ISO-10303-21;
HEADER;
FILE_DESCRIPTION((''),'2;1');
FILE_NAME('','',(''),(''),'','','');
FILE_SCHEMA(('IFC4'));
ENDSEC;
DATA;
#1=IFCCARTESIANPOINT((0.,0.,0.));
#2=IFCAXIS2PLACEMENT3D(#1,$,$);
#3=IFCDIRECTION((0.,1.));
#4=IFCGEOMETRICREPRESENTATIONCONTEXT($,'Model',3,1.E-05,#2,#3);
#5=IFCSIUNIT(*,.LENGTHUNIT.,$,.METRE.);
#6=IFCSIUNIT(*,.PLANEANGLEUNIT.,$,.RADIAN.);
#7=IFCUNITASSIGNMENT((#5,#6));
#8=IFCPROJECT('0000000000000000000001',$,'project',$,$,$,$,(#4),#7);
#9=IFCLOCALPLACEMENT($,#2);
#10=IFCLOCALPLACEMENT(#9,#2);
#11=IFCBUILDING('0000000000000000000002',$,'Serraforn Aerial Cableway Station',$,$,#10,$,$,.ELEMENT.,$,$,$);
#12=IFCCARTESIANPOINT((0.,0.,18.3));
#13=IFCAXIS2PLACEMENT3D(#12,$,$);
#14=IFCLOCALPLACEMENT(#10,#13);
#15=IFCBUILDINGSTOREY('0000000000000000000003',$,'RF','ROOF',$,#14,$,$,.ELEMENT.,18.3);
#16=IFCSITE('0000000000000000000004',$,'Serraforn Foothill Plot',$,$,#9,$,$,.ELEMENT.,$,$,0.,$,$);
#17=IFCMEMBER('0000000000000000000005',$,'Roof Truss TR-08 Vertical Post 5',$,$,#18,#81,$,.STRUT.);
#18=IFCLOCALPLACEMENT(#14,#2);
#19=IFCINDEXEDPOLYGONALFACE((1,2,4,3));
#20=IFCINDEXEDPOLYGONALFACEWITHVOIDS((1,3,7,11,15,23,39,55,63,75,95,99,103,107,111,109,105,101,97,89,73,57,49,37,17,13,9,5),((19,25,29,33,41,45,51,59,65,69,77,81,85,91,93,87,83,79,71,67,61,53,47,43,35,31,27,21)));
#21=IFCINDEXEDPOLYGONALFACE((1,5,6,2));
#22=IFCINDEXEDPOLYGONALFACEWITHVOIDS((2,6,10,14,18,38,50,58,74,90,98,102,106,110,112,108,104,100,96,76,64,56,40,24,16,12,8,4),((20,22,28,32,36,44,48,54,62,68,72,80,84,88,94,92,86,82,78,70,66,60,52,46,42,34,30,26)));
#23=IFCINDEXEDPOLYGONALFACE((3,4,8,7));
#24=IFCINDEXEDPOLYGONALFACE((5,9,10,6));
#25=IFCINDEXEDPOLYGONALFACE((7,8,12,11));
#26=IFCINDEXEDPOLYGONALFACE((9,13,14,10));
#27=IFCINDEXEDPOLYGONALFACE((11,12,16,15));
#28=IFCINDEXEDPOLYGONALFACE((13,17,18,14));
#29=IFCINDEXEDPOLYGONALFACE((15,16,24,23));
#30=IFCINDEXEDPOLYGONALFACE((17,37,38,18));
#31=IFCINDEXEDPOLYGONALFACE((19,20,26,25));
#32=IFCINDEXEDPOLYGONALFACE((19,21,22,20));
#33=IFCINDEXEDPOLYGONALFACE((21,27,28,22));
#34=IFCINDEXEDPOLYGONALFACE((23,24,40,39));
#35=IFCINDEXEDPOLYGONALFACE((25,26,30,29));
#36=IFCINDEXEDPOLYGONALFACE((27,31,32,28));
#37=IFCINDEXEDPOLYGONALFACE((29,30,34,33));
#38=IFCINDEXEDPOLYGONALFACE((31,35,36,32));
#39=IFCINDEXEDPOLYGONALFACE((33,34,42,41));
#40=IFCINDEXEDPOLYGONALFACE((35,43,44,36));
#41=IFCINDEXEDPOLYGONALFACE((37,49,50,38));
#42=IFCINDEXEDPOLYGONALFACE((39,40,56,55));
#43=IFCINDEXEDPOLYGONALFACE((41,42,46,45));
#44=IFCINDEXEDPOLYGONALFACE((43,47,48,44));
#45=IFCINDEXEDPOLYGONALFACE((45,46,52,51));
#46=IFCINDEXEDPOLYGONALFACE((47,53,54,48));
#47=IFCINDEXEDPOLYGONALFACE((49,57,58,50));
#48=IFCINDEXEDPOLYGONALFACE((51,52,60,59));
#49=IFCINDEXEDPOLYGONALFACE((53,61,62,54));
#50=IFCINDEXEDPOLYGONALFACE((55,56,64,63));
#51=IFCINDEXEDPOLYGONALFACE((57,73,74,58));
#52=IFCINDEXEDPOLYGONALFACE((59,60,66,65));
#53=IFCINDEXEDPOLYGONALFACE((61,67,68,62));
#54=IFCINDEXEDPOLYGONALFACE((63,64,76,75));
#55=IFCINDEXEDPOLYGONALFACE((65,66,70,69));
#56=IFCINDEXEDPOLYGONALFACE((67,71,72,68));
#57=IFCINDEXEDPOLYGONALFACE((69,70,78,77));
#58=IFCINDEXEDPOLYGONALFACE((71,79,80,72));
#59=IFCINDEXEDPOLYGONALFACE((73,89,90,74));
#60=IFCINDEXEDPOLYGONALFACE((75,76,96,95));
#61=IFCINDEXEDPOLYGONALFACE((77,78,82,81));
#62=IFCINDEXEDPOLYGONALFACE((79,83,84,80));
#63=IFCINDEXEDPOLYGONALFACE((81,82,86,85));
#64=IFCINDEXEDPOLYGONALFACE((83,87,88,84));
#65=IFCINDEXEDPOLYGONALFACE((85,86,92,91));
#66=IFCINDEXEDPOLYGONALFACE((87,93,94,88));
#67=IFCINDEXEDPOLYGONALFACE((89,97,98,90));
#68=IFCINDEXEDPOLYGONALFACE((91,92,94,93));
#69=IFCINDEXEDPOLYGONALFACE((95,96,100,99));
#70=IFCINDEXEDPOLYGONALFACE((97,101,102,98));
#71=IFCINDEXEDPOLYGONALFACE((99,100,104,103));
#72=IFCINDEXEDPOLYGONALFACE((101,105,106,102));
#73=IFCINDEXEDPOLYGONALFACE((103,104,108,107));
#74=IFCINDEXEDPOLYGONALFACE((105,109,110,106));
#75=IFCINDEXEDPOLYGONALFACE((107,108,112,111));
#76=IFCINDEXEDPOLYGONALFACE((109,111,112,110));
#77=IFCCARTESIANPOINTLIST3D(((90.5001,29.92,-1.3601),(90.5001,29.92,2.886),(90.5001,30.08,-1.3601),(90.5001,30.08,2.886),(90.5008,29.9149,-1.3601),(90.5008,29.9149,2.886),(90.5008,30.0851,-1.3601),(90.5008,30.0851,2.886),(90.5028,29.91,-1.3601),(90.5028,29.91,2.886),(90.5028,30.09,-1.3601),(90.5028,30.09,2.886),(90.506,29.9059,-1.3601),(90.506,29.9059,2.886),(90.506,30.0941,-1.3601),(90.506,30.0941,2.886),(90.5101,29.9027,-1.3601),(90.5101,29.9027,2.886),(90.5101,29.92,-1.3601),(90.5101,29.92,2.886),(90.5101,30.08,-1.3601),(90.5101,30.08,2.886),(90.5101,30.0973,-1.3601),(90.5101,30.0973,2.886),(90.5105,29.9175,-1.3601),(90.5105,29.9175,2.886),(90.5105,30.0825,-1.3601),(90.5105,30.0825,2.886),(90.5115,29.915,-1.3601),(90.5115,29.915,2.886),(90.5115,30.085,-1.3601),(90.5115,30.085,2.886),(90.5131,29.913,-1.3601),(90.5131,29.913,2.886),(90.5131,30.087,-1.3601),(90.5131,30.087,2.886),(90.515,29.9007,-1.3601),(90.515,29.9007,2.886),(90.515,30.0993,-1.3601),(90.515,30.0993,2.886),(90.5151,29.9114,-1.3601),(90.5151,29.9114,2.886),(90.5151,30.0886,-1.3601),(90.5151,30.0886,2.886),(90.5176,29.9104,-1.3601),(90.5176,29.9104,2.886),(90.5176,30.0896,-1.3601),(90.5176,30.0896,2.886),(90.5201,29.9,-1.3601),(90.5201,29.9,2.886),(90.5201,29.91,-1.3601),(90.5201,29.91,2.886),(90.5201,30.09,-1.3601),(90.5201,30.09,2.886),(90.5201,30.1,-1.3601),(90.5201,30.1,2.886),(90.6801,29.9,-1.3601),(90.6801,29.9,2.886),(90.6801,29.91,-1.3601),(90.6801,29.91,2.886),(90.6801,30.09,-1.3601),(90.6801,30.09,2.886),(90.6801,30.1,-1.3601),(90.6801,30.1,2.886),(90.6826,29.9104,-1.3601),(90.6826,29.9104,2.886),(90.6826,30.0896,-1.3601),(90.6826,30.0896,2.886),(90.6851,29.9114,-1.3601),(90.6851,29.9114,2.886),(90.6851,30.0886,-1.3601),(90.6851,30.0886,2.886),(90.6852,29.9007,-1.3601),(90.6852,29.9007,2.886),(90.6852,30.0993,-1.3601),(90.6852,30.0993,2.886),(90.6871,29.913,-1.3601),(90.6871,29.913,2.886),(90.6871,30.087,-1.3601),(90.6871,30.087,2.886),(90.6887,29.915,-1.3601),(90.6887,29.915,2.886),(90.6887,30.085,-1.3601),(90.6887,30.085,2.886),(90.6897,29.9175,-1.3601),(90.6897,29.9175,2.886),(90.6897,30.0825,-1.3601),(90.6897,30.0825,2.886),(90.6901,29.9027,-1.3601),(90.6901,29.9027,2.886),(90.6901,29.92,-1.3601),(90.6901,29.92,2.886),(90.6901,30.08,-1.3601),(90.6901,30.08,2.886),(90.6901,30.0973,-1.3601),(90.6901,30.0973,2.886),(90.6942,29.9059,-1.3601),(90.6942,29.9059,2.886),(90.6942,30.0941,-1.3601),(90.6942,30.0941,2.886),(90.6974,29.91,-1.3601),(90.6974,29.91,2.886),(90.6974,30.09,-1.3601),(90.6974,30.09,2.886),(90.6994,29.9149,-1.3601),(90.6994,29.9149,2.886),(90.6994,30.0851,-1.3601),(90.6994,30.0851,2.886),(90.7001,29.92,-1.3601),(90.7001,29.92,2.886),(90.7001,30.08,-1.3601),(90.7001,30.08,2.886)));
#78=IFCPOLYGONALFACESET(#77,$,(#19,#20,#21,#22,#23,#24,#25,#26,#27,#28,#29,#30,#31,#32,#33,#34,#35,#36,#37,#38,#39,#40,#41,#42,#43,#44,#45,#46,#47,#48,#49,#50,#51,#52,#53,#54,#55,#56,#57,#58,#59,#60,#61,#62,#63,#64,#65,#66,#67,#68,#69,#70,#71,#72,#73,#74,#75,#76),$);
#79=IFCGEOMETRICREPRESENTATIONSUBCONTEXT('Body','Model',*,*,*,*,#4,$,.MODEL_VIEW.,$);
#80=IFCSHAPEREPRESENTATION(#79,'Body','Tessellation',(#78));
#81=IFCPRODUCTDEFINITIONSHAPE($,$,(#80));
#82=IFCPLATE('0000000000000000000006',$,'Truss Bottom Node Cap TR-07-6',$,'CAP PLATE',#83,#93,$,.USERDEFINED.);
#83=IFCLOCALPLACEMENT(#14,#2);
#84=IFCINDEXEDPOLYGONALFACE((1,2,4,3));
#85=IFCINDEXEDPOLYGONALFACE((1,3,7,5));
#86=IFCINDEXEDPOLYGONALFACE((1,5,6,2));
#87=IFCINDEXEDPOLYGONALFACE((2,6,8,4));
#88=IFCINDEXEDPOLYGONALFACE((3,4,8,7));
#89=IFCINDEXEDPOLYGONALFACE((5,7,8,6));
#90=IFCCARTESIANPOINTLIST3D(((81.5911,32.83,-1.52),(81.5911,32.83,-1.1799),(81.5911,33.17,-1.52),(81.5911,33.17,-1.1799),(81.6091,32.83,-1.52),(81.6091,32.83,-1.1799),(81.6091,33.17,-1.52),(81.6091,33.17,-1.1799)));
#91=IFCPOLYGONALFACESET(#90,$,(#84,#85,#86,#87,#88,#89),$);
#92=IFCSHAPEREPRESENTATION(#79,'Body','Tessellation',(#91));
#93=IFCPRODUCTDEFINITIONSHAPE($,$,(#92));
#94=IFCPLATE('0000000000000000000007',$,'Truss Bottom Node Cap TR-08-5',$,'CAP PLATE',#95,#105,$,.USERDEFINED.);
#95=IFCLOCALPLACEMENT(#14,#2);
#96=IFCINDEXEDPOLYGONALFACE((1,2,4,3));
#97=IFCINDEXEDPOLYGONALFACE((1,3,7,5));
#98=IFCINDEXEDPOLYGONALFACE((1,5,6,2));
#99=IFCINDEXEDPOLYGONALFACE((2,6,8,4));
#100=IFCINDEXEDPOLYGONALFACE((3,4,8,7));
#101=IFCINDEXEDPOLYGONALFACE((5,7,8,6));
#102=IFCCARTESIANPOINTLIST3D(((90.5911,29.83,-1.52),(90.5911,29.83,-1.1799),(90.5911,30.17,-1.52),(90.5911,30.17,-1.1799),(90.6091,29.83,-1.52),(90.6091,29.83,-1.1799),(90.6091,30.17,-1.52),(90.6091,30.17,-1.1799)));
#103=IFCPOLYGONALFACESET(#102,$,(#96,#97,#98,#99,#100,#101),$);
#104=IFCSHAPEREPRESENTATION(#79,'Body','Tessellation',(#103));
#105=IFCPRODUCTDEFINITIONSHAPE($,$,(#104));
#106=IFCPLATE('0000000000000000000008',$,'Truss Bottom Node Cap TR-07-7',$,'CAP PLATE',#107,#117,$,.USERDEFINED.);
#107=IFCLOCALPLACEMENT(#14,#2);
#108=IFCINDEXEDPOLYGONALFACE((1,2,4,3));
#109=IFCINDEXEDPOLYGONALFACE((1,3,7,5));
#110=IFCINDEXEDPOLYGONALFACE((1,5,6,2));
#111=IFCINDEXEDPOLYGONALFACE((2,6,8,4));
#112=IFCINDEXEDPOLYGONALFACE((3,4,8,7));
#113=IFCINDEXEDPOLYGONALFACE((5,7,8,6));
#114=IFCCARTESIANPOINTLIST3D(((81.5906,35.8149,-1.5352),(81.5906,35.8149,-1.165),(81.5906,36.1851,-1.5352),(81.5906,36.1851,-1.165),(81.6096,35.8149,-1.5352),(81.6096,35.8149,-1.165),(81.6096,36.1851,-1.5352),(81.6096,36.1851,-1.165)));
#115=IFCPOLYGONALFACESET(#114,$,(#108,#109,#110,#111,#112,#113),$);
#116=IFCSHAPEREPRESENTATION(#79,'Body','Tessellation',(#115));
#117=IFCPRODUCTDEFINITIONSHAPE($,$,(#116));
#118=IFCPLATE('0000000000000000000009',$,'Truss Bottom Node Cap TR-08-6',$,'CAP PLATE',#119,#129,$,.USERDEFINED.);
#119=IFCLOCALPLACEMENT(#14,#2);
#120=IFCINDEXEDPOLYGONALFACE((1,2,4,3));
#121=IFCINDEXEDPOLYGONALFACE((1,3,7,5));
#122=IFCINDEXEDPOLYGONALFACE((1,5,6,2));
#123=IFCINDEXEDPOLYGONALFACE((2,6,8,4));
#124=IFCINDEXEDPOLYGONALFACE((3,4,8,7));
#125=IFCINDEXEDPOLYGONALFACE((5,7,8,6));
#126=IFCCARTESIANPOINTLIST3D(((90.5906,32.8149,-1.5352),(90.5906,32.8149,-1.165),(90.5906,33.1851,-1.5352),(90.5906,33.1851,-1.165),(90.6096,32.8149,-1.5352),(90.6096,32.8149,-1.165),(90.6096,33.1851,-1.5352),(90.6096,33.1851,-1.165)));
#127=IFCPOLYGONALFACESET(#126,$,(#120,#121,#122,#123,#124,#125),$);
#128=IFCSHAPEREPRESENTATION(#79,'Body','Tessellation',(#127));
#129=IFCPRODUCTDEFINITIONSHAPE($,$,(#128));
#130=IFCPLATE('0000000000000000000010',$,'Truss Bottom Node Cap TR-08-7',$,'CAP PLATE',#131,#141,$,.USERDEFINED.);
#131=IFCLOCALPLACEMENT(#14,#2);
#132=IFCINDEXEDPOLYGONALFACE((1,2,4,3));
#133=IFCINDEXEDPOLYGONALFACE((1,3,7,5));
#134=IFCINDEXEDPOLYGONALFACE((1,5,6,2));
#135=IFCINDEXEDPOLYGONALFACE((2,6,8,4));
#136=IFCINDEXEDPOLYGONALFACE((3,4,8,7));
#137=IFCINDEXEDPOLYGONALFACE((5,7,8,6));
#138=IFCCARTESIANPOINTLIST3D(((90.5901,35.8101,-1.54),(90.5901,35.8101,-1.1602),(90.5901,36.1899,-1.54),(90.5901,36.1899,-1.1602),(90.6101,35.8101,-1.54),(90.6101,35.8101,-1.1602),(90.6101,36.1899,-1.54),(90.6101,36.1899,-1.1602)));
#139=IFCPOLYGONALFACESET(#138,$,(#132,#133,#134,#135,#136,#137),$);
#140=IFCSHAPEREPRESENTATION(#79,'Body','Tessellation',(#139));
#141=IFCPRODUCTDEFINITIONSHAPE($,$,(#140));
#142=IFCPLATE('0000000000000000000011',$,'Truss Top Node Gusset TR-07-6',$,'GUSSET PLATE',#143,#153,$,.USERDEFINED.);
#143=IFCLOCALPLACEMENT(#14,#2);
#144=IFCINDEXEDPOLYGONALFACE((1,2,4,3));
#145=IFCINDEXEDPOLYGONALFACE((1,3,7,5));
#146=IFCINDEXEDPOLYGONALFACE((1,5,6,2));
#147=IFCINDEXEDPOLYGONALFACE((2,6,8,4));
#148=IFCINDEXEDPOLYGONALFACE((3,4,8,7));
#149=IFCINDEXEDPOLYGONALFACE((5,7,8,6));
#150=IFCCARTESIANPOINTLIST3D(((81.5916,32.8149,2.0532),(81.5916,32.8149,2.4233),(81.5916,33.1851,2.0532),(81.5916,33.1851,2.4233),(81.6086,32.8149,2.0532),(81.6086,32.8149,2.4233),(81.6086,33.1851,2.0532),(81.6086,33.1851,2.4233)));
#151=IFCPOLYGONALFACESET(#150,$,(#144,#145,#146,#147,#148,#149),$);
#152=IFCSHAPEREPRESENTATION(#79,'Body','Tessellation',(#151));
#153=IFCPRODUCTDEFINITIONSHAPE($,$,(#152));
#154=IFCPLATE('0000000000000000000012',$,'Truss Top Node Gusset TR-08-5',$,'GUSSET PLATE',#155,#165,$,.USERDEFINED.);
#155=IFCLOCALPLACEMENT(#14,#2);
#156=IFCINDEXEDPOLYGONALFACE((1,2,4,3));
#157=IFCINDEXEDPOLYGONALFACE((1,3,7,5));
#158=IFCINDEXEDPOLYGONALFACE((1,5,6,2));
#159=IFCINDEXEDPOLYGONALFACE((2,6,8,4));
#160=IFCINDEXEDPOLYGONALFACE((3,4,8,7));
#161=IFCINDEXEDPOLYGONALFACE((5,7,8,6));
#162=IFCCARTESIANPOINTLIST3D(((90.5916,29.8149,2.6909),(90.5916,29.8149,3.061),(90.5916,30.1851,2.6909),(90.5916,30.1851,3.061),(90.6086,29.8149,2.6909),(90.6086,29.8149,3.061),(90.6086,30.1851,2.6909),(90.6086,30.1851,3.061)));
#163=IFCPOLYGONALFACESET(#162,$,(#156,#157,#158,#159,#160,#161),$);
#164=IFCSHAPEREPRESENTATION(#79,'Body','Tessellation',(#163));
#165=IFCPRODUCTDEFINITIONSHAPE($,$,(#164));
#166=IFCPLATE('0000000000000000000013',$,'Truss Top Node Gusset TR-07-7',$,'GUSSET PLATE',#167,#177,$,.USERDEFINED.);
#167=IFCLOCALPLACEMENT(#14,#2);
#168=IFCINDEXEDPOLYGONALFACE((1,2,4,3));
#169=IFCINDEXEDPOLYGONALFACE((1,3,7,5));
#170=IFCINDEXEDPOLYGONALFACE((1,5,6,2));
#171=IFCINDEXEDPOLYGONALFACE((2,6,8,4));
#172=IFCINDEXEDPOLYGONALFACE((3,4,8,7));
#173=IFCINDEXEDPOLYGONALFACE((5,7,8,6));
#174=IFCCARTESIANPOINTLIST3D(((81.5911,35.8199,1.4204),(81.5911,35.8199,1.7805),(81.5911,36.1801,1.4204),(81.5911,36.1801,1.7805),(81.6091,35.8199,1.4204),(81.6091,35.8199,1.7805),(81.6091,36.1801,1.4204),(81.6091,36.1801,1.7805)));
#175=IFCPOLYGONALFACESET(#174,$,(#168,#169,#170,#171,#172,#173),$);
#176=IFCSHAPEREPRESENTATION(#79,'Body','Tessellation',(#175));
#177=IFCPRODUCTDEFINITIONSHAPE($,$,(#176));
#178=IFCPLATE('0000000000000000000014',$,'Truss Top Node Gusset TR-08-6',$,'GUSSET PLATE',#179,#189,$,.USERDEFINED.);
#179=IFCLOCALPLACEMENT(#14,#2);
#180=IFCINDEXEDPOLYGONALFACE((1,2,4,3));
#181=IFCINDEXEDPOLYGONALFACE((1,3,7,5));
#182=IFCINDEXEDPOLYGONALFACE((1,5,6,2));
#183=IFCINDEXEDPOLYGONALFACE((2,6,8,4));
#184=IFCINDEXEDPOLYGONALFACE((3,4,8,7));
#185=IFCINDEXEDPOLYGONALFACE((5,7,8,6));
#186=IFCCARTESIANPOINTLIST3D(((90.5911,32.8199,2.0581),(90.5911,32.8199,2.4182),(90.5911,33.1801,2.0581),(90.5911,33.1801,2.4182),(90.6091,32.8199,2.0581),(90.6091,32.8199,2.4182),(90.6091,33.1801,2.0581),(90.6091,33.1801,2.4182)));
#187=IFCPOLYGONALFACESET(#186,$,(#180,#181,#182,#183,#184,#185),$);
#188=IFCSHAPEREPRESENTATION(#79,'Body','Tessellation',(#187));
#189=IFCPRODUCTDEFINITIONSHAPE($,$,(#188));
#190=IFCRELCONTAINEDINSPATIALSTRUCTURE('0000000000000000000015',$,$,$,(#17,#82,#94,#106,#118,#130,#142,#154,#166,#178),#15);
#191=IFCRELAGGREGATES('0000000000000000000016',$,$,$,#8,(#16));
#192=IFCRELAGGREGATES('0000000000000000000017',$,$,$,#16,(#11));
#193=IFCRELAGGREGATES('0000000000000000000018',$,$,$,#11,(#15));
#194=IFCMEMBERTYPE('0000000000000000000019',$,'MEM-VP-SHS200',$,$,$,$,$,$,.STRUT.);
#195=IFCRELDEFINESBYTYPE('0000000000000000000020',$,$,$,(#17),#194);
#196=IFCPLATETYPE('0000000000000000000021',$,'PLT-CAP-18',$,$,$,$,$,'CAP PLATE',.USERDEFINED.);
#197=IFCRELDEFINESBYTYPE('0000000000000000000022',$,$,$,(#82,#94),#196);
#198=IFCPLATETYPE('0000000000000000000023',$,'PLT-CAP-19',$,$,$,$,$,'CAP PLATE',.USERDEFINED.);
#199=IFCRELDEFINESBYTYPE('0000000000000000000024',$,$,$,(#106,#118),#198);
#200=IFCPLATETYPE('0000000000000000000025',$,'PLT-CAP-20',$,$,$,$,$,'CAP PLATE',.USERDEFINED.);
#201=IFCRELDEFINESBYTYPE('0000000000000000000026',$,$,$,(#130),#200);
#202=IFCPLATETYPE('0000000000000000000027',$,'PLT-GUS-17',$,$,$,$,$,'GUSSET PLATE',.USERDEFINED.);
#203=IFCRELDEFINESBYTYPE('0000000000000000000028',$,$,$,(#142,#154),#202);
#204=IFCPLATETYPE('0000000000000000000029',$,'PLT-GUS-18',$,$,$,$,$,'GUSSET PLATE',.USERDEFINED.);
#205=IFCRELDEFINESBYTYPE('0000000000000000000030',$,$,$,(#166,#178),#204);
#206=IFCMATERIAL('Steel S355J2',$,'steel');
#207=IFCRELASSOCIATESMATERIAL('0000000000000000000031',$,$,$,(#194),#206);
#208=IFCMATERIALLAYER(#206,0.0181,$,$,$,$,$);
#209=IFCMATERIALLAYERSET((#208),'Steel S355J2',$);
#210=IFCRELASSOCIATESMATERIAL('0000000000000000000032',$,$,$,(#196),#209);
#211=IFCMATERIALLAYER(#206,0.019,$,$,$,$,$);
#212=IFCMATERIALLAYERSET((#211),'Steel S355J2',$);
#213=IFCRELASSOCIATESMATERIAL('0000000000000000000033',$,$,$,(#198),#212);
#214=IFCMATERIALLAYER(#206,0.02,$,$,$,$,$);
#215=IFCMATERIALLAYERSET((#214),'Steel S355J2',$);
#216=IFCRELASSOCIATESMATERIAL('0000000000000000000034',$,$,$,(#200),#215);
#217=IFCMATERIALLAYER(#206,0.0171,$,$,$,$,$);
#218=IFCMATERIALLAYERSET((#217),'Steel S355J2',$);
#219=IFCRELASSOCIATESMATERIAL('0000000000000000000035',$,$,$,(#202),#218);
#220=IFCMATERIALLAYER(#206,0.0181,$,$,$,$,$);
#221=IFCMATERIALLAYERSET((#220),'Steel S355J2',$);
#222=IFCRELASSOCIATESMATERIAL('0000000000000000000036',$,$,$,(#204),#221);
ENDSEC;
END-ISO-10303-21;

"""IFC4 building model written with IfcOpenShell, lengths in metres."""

from ifc_helpers import new_model, si_unit, direction, frame, origin, origin_2d, place, context, subcontext, project, spatial, rectangle, hollow_rectangle, extrude, material, layer, layer_set, material_profile, profile_set, type_object, element, save


model = new_model("IFC4")

# Units and contexts
model_context = context("Model", 3, precision=1e-05, world=origin(), true_north=direction((0.0, 1.0)))
body_context = subcontext(model_context, "Body", "Model", "MODEL_VIEW")
ifc_project = project(units=[si_unit("LENGTHUNIT", "METRE"), si_unit("PLANEANGLEUNIT", "RADIAN")], contexts=[model_context])

# Site, building, storey
site_placement = place(None, origin())
site = spatial("IfcSite", under=ifc_project, at=site_placement, Name="Serraforn Foothill Plot", CompositionType="ELEMENT", RefElevation=0.0)
building_placement = place(site_placement, origin())
building = spatial("IfcBuilding", under=site, at=building_placement, Name="Serraforn Aerial Cableway Station", CompositionType="ELEMENT")
storey_placement = place(building_placement, frame((0.0, 0.0, 18.3)))
storey = spatial("IfcBuildingStorey", under=building, at=storey_placement, Name="RF", Description="ROOF", CompositionType="ELEMENT", Elevation=18.3)

# Member
ifc_material_1 = material(Name="Steel S355J2", Category="steel")
ifc_material_profile_1 = material_profile(ifc_material_1, hollow_rectangle(XDim=0.2, YDim=0.2, WallThickness=0.01, InnerFilletRadius=0.01, OuterFilletRadius=0.02, at=origin_2d()), Name="SHS 200x200x10.0")
ifc_profile_set_1 = profile_set([ifc_material_profile_1], Name="Steel S355J2")
member_type_1 = type_object("IfcMemberType", Name="MEM-VP-SHS200", PredefinedType="STRUT", material=ifc_profile_set_1)
member_1_placement = place(storey_placement, frame((90.6001, 30.0, -1.3601), z_axis=(0.0, 0.0, 1.0), x_axis=(1.0, 0.0, 0.0)))
element("IfcMember", 1, at=member_1_placement, inside=storey, type_object=member_type_1, Name="Roof Truss TR-08 Vertical Post 5", PredefinedType="STRUT", context=body_context, shape_type="SweptSolid", body=[
    extrude(hollow_rectangle(XDim=0.2, YDim=0.2, WallThickness=0.01, InnerFilletRadius=0.01, OuterFilletRadius=0.02, at=origin_2d()), origin(), (0.0, 0.0, 1.0), 4.2461),
])

# Plates
ifc_layer_1 = layer(ifc_material_1, 0.0181)
ifc_layer_set_1 = layer_set([ifc_layer_1], Name="Steel S355J2")
plate_type_1 = type_object("IfcPlateType", Name="PLT-CAP-18", ElementType="CAP PLATE", PredefinedType="USERDEFINED", material=ifc_layer_set_1)
for number, where, z_axis, x_axis, name in (
    (2, (81.6001, 33.0, -1.52), (0.0, 0.0, 1.0), (1.0, 0.0, 0.0), "Truss Bottom Node Cap TR-07-6"),
    (3, (90.6001, 30.0, -1.52), (0.0, 0.0, 1.0), (1.0, 0.0, 0.0), "Truss Bottom Node Cap TR-08-5"),
):
    element("IfcPlate", number, at=place(storey_placement, frame(where, z_axis=z_axis, x_axis=x_axis)), inside=storey, type_object=plate_type_1, Name=name, ObjectType="CAP PLATE", PredefinedType="USERDEFINED", context=body_context, shape_type="SweptSolid", body=[
        extrude(rectangle(XDim=0.0181, YDim=0.3401, at=origin_2d()), origin(), (0.0, 0.0, 1.0), 0.3401),
    ])
ifc_layer_2 = layer(ifc_material_1, 0.019)
ifc_layer_set_2 = layer_set([ifc_layer_2], Name="Steel S355J2")
plate_type_2 = type_object("IfcPlateType", Name="PLT-CAP-19", ElementType="CAP PLATE", PredefinedType="USERDEFINED", material=ifc_layer_set_2)
for number, where, z_axis, x_axis, name in (
    (4, (81.6001, 36.0, -1.5352), (0.0, 0.0, 1.0), (1.0, 0.0, 0.0), "Truss Bottom Node Cap TR-07-7"),
    (5, (90.6001, 33.0, -1.5352), (0.0, 0.0, 1.0), (1.0, 0.0, 0.0), "Truss Bottom Node Cap TR-08-6"),
):
    element("IfcPlate", number, at=place(storey_placement, frame(where, z_axis=z_axis, x_axis=x_axis)), inside=storey, type_object=plate_type_2, Name=name, ObjectType="CAP PLATE", PredefinedType="USERDEFINED", context=body_context, shape_type="SweptSolid", body=[
        extrude(rectangle(XDim=0.019, YDim=0.3701, at=origin_2d()), origin(), (0.0, 0.0, 1.0), 0.3701),
    ])
ifc_layer_3 = layer(ifc_material_1, 0.02)
ifc_layer_set_3 = layer_set([ifc_layer_3], Name="Steel S355J2")
plate_type_3 = type_object("IfcPlateType", Name="PLT-CAP-20", ElementType="CAP PLATE", PredefinedType="USERDEFINED", material=ifc_layer_set_3)
plate_1_placement = place(storey_placement, frame((90.6001, 36.0, -1.54), z_axis=(0.0, 0.0, 1.0), x_axis=(1.0, 0.0, 0.0)))
element("IfcPlate", 6, at=plate_1_placement, inside=storey, type_object=plate_type_3, Name="Truss Bottom Node Cap TR-08-7", ObjectType="CAP PLATE", PredefinedType="USERDEFINED", context=body_context, shape_type="SweptSolid", body=[
    extrude(rectangle(XDim=0.02, YDim=0.3799, at=origin_2d()), origin(), (0.0, 0.0, 1.0), 0.3799),
])
ifc_layer_4 = layer(ifc_material_1, 0.0171)
ifc_layer_set_4 = layer_set([ifc_layer_4], Name="Steel S355J2")
plate_type_4 = type_object("IfcPlateType", Name="PLT-GUS-17", ElementType="GUSSET PLATE", PredefinedType="USERDEFINED", material=ifc_layer_set_4)
for number, where, z_axis, x_axis, name in (
    (7, (81.6001, 33.0, 2.0532), (0.0, 0.0, 1.0), (1.0, 0.0, 0.0), "Truss Top Node Gusset TR-07-6"),
    (8, (90.6001, 30.0, 2.6909), (0.0, 0.0, 1.0), (1.0, 0.0, 0.0), "Truss Top Node Gusset TR-08-5"),
):
    element("IfcPlate", number, at=place(storey_placement, frame(where, z_axis=z_axis, x_axis=x_axis)), inside=storey, type_object=plate_type_4, Name=name, ObjectType="GUSSET PLATE", PredefinedType="USERDEFINED", context=body_context, shape_type="SweptSolid", body=[
        extrude(rectangle(XDim=0.0171, YDim=0.3701, at=origin_2d()), origin(), (0.0, 0.0, 1.0), 0.3701),
    ])
ifc_layer_5 = layer(ifc_material_1, 0.0181)
ifc_layer_set_5 = layer_set([ifc_layer_5], Name="Steel S355J2")
plate_type_5 = type_object("IfcPlateType", Name="PLT-GUS-18", ElementType="GUSSET PLATE", PredefinedType="USERDEFINED", material=ifc_layer_set_5)
for number, where, z_axis, x_axis, name in (
    (9, (81.6001, 36.0, 1.4204), (0.0, 0.0, 1.0), (1.0, 0.0, 0.0), "Truss Top Node Gusset TR-07-7"),
    (10, (90.6001, 33.0, 2.0581), (0.0, 0.0, 1.0), (1.0, 0.0, 0.0), "Truss Top Node Gusset TR-08-6"),
):
    element("IfcPlate", number, at=place(storey_placement, frame(where, z_axis=z_axis, x_axis=x_axis)), inside=storey, type_object=plate_type_5, Name=name, ObjectType="GUSSET PLATE", PredefinedType="USERDEFINED", context=body_context, shape_type="SweptSolid", body=[
        extrude(rectangle(XDim=0.0181, YDim=0.3601, at=origin_2d()), origin(), (0.0, 0.0, 1.0), 0.3601),
    ])

save(model, "model.ifc")
